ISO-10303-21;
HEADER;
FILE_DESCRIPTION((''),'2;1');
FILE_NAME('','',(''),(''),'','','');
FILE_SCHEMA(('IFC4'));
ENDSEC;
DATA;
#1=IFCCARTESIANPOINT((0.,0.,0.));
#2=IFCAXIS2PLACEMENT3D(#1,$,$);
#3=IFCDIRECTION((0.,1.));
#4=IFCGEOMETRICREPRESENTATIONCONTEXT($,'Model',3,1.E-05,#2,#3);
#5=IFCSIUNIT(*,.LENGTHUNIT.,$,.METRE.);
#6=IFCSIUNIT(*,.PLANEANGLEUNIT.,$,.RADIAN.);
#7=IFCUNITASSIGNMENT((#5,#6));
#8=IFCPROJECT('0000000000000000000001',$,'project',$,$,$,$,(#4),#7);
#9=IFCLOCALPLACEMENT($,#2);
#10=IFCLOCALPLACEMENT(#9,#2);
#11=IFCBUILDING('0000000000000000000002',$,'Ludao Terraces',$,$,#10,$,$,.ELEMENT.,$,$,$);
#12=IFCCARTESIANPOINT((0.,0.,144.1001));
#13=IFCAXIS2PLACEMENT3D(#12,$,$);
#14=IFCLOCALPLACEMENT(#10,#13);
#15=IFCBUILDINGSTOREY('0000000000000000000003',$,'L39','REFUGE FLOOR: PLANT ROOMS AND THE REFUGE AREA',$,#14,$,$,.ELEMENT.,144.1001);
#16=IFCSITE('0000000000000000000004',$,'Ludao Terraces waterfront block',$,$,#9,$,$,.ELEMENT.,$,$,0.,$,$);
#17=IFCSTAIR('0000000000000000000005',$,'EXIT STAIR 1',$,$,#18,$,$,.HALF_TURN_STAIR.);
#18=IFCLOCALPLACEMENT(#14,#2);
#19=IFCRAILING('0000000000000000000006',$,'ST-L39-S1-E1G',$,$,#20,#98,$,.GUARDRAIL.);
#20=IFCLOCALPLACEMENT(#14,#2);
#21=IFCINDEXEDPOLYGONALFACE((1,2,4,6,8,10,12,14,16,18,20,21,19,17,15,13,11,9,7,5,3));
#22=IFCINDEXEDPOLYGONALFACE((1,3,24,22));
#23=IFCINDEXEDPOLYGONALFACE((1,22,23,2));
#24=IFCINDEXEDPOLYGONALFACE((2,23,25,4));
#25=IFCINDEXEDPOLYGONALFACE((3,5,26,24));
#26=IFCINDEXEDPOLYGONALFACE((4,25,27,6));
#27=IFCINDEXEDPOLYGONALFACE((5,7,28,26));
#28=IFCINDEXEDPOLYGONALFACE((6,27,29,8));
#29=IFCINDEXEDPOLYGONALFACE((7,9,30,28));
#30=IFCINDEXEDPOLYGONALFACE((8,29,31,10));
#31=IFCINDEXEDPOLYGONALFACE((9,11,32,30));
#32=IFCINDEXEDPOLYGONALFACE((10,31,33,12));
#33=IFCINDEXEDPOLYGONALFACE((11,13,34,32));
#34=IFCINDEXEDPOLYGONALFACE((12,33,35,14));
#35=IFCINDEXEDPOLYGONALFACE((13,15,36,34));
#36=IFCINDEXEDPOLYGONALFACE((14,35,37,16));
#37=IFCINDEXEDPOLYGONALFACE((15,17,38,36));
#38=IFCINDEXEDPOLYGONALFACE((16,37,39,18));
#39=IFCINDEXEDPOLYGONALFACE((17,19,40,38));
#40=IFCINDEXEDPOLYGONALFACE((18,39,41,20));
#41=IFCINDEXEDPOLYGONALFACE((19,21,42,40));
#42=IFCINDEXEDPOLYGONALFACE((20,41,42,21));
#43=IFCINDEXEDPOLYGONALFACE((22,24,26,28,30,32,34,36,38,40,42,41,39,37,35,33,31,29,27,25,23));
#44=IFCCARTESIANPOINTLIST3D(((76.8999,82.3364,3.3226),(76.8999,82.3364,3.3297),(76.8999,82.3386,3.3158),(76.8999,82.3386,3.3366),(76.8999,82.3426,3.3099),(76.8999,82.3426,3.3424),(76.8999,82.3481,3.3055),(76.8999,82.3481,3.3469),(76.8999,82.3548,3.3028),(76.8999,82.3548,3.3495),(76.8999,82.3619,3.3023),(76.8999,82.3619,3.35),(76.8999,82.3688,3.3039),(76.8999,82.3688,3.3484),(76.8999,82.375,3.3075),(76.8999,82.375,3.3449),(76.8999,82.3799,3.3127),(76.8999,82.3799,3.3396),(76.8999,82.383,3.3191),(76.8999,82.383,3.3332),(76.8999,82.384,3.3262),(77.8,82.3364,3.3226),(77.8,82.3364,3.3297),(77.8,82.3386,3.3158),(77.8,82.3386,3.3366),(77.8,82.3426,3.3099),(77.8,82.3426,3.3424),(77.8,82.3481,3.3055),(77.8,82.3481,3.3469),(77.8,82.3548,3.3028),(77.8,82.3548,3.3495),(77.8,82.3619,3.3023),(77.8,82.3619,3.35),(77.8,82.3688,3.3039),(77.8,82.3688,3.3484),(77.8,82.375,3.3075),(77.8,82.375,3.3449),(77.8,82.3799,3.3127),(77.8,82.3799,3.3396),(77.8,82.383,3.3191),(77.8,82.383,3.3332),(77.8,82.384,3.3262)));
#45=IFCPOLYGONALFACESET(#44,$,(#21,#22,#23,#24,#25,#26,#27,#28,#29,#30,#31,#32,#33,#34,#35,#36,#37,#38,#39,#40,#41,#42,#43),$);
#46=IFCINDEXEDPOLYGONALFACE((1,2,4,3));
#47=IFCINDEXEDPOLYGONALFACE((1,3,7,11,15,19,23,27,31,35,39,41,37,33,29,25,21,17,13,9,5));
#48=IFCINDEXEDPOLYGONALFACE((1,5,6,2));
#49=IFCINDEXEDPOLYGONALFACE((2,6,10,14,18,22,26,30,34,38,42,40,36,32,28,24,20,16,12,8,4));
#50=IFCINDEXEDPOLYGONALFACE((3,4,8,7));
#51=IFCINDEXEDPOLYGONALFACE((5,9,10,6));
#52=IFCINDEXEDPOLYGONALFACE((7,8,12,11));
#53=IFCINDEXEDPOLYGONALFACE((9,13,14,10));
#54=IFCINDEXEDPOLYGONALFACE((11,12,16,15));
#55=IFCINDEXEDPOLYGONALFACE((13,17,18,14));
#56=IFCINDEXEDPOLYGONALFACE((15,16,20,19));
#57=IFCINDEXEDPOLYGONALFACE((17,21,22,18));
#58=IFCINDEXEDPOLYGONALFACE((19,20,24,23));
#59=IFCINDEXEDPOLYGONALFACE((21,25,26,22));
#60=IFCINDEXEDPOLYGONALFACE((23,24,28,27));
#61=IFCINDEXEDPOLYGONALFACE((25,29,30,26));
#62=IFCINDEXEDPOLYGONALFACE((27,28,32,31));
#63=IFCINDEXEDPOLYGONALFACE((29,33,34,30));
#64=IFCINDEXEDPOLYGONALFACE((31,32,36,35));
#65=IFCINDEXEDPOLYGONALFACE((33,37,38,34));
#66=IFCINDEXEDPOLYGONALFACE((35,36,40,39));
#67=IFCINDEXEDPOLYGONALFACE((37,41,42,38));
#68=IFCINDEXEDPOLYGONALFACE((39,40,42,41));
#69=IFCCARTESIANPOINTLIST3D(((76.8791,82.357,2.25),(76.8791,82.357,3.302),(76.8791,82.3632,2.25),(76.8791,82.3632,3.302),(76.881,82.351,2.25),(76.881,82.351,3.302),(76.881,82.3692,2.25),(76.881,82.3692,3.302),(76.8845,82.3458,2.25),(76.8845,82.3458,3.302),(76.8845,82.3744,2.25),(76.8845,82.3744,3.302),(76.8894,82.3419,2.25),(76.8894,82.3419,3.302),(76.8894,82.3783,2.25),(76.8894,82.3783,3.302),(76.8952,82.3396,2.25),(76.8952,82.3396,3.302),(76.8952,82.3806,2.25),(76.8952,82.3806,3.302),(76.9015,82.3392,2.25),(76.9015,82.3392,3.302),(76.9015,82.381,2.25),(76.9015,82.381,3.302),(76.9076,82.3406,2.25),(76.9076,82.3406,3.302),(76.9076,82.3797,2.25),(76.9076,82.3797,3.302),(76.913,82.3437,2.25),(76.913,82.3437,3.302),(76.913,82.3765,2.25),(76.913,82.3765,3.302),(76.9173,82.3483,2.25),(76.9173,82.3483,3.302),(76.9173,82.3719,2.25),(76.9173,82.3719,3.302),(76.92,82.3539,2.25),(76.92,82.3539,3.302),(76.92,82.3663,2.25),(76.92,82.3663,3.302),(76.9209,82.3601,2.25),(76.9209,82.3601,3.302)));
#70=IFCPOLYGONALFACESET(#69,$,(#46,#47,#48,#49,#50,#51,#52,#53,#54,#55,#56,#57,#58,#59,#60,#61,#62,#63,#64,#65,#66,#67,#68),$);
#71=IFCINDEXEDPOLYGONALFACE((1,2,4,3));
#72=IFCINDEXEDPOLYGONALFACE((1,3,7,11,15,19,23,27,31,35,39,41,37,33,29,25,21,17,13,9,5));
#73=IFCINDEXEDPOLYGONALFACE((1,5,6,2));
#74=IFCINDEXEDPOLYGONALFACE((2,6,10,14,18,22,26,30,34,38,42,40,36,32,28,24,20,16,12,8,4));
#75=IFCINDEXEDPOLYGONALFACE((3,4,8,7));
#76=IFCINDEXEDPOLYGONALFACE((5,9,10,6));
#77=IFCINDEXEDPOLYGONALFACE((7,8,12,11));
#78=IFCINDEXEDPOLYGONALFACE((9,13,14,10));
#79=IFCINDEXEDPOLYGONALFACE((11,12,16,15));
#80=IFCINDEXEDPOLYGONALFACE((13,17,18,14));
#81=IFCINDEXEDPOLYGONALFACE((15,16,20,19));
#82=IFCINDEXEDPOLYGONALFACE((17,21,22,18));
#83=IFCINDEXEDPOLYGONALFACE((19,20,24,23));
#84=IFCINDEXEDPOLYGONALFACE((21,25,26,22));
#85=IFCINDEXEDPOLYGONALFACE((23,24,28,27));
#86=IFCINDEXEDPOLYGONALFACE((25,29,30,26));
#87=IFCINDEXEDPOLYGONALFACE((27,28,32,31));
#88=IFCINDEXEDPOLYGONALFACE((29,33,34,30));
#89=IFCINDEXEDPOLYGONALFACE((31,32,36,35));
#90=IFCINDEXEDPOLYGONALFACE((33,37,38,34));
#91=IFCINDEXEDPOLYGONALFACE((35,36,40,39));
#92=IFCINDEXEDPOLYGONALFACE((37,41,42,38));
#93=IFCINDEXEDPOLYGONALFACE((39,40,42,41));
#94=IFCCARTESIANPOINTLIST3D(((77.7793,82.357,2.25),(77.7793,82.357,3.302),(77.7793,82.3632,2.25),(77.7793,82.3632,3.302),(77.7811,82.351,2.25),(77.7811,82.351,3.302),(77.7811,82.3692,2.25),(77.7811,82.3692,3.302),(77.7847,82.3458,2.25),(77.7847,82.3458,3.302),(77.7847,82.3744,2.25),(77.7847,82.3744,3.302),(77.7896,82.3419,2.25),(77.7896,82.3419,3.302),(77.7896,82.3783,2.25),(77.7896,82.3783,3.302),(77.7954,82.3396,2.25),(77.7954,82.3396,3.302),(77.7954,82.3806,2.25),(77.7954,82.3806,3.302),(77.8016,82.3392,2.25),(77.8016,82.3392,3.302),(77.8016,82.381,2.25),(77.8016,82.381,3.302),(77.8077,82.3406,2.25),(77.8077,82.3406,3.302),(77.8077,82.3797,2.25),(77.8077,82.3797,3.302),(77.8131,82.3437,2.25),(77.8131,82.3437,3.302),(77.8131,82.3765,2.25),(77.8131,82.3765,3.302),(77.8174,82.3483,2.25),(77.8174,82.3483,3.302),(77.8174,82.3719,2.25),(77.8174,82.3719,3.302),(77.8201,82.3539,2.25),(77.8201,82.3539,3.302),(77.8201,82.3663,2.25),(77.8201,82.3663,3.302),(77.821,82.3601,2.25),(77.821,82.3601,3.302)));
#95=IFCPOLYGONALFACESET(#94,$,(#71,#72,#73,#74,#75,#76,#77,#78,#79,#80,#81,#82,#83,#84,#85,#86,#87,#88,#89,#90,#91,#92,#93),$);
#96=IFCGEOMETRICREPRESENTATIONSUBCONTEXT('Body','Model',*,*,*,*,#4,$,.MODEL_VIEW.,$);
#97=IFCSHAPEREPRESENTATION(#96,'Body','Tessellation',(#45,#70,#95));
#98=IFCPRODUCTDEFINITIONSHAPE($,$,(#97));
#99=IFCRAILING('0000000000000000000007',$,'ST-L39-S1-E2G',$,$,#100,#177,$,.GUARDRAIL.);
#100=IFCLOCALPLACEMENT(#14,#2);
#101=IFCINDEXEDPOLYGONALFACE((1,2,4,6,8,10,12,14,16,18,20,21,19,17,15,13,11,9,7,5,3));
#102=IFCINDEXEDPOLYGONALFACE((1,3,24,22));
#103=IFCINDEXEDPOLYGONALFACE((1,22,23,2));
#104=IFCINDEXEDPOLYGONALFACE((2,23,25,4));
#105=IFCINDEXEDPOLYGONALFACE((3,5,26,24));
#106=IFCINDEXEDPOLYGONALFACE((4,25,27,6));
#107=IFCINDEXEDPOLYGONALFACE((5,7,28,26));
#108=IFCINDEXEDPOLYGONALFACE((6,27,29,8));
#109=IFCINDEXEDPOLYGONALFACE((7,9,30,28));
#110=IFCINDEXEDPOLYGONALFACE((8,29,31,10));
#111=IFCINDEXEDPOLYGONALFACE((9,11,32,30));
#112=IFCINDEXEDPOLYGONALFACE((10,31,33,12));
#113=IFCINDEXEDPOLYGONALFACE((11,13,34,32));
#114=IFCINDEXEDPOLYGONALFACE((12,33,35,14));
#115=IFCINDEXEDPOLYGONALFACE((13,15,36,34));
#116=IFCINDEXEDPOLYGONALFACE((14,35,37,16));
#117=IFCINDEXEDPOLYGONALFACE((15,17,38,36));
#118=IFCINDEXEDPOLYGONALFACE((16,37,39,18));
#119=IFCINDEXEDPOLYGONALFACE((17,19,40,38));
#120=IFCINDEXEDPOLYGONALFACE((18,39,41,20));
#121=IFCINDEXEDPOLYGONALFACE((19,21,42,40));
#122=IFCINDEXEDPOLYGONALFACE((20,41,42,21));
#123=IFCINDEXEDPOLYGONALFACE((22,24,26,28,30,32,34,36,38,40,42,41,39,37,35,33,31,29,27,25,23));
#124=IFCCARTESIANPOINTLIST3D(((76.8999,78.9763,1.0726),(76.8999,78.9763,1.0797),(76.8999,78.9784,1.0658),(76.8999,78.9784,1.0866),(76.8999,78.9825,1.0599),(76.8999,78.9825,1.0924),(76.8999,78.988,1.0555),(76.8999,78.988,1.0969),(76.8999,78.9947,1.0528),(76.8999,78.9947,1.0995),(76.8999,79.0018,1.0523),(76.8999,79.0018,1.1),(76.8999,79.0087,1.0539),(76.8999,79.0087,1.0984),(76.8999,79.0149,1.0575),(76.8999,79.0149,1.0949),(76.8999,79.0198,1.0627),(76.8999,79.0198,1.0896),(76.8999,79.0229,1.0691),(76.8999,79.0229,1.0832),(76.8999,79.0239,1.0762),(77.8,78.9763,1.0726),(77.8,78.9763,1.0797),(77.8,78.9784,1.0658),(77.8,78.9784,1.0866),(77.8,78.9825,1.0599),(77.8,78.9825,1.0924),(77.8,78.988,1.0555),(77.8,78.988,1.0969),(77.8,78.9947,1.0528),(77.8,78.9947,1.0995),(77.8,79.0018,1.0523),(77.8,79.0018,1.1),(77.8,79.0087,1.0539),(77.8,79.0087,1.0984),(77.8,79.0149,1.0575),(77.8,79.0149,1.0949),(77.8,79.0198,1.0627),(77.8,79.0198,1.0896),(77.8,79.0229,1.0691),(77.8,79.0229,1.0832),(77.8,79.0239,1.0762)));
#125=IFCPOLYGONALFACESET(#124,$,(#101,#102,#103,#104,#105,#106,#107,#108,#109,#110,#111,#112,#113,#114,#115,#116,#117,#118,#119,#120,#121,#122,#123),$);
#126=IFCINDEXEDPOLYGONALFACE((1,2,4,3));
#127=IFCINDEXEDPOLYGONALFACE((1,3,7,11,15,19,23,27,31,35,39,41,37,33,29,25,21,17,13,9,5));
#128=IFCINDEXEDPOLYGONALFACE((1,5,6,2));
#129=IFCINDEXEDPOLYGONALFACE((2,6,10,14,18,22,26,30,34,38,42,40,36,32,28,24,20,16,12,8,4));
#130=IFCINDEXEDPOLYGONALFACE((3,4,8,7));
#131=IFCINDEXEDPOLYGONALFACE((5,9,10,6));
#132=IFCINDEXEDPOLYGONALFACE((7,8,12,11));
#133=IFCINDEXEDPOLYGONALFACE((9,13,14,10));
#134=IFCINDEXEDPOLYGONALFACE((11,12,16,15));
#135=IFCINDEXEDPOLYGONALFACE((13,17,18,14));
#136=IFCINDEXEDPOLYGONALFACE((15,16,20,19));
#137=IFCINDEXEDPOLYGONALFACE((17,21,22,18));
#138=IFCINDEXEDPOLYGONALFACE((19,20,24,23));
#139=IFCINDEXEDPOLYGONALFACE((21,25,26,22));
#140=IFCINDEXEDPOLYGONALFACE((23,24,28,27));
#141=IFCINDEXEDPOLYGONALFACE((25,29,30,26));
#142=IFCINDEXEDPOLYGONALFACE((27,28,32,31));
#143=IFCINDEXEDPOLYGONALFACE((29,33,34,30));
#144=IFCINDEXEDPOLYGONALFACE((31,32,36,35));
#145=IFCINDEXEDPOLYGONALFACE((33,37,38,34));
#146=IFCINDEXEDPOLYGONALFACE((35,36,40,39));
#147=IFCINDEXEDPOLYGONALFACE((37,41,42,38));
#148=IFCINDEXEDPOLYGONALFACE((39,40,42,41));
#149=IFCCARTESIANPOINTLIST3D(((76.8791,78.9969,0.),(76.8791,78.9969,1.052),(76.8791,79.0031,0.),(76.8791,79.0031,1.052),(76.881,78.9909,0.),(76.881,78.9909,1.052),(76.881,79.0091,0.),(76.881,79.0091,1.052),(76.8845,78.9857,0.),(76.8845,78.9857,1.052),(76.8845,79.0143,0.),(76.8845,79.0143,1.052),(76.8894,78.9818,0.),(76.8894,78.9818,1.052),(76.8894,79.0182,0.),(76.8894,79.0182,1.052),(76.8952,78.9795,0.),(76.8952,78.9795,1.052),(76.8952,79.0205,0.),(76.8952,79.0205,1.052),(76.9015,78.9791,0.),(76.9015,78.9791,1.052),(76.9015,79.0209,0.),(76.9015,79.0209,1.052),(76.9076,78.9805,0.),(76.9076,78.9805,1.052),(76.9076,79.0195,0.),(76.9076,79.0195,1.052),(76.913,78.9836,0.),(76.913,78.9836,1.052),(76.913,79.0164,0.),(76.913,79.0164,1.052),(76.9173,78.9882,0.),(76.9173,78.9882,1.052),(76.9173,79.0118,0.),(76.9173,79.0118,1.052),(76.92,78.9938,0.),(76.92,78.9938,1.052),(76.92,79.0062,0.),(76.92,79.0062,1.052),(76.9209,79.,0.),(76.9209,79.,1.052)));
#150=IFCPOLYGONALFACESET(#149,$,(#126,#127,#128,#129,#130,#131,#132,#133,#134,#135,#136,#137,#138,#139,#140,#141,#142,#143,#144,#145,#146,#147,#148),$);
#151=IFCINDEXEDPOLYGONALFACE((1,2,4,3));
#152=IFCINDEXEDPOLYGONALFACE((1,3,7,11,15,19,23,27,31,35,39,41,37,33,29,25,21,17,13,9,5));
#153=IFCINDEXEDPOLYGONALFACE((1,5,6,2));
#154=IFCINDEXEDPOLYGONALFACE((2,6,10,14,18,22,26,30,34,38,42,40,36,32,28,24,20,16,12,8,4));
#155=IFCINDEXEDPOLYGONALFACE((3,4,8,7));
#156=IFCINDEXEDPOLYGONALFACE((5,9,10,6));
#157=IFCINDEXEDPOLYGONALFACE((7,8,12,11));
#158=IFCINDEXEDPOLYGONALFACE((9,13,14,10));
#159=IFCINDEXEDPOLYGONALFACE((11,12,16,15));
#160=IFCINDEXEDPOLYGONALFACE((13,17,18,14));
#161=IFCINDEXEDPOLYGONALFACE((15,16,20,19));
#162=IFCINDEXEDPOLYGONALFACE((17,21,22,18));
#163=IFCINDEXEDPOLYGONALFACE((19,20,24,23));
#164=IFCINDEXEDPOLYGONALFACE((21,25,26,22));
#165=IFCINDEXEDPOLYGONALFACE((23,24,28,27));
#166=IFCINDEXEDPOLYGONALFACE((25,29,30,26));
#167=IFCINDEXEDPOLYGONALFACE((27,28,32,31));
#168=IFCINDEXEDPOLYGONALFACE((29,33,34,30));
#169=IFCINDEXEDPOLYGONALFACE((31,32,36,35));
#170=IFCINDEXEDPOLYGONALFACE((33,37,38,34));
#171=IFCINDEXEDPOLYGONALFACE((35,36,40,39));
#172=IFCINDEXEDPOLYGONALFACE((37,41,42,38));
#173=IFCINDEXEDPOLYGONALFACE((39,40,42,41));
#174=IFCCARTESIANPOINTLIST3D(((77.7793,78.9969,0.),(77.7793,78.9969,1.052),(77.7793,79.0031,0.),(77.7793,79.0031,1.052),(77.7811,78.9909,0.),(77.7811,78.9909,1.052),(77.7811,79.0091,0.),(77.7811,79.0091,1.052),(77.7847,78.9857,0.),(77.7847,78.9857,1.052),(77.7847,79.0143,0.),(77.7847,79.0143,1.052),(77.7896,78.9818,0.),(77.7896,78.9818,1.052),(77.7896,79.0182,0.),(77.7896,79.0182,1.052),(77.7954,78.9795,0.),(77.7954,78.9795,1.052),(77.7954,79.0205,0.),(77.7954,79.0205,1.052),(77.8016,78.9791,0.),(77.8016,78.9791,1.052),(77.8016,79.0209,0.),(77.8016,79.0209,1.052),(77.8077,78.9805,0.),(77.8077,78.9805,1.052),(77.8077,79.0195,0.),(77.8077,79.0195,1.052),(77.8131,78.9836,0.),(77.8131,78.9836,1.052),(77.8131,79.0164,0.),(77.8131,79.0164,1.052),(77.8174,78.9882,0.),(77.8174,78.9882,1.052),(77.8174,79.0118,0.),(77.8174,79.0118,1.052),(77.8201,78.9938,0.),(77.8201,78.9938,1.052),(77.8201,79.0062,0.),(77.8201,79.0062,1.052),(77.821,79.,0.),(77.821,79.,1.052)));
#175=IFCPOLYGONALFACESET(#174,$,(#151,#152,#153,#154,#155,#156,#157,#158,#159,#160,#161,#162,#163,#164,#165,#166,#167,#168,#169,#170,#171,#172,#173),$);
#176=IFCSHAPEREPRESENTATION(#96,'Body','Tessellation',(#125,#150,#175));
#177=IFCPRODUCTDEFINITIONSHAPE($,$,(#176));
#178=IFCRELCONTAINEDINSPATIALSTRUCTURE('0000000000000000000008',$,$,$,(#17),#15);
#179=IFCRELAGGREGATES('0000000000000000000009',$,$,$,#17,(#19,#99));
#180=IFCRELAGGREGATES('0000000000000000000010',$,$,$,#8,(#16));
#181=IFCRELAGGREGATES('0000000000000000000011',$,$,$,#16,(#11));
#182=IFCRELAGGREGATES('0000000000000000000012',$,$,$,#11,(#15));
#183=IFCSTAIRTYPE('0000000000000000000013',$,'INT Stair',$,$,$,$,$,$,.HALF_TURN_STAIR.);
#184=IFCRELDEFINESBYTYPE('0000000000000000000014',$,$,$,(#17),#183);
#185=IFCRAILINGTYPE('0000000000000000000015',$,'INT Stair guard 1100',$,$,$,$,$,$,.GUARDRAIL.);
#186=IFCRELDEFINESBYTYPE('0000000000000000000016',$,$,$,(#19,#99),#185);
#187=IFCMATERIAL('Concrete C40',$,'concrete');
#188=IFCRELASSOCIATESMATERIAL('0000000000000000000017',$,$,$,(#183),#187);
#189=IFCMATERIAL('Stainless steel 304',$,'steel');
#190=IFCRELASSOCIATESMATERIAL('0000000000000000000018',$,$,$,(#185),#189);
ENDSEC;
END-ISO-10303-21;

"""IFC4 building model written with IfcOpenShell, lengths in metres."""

from ifc_helpers import new_model, si_unit, direction, frame, origin, origin_2d, place, context, subcontext, project, spatial, circle, extrude, material, type_object, element, aggregate, save


model = new_model("IFC4")

# Units and contexts
model_context = context("Model", 3, precision=1e-05, world=origin(), true_north=direction((0.0, 1.0)))
body_context = subcontext(model_context, "Body", "Model", "MODEL_VIEW")
ifc_project = project(units=[si_unit("LENGTHUNIT", "METRE"), si_unit("PLANEANGLEUNIT", "RADIAN")], contexts=[model_context])

# Site, building, storey
site_placement = place(None, origin())
site = spatial("IfcSite", under=ifc_project, at=site_placement, Name="Ludao Terraces waterfront block", CompositionType="ELEMENT", RefElevation=0.0)
building_placement = place(site_placement, origin())
building = spatial("IfcBuilding", under=site, at=building_placement, Name="Ludao Terraces", CompositionType="ELEMENT")
storey_placement = place(building_placement, frame((0.0, 0.0, 144.1001)))
storey = spatial("IfcBuildingStorey", under=building, at=storey_placement, Name="L39", Description="REFUGE FLOOR: PLANT ROOMS AND THE REFUGE AREA", CompositionType="ELEMENT", Elevation=144.1001)

# Shared definitions
ifc_material_1 = material(Name="Stainless steel 304", Category="steel")

# Stair, railings
ifc_material_2 = material(Name="Concrete C40", Category="concrete")
stair_type = type_object("IfcStairType", Name="INT Stair", PredefinedType="HALF_TURN_STAIR", material=ifc_material_2)
stair_placement = place(storey_placement, origin())
stair = element("IfcStair", 1, at=stair_placement, inside=storey, type_object=stair_type, Name="EXIT STAIR 1", PredefinedType="HALF_TURN_STAIR")
railing_type_1 = type_object("IfcRailingType", Name="INT Stair guard 1100", PredefinedType="GUARDRAIL", material=ifc_material_1)
railing_1_placement = place(storey_placement, frame((76.8999, 82.3601, 2.25)))
railing_1 = element("IfcRailing", 2, at=railing_1_placement, type_object=railing_type_1, Name="ST-L39-S1-E1G", PredefinedType="GUARDRAIL", context=body_context, shape_type="SweptSolid", body=[
    extrude(circle(Radius=0.0239, at=origin_2d()), frame((0.0, 0.0, 1.0762), z_axis=(1.0, 0.0, 0.0), x_axis=(0.0, 1.0, 0.0)), (0.0, 0.0, 1.0), 0.9001),
    extrude(circle(Radius=0.021, at=origin_2d()), origin(), (0.0, 0.0, 1.0), 1.052),
    extrude(circle(Radius=0.021, at=origin_2d()), frame((0.9001, 0.0, 0.0)), (0.0, 0.0, 1.0), 1.052),
])
railing_2_placement = place(storey_placement, frame((76.8999, 79.0, 0.0)))
railing_2 = element("IfcRailing", 3, at=railing_2_placement, type_object=railing_type_1, Name="ST-L39-S1-E2G", PredefinedType="GUARDRAIL", context=body_context, shape_type="SweptSolid", body=[
    extrude(circle(Radius=0.0239, at=origin_2d()), frame((0.0, 0.0, 1.0762), z_axis=(1.0, 0.0, 0.0), x_axis=(0.0, 1.0, 0.0)), (0.0, 0.0, 1.0), 0.9001),
    extrude(circle(Radius=0.021, at=origin_2d()), origin(), (0.0, 0.0, 1.0), 1.052),
    extrude(circle(Radius=0.021, at=origin_2d()), frame((0.9001, 0.0, 0.0)), (0.0, 0.0, 1.0), 1.052),
])
aggregate(stair, [railing_1, railing_2])

save(model, "model.ifc")
